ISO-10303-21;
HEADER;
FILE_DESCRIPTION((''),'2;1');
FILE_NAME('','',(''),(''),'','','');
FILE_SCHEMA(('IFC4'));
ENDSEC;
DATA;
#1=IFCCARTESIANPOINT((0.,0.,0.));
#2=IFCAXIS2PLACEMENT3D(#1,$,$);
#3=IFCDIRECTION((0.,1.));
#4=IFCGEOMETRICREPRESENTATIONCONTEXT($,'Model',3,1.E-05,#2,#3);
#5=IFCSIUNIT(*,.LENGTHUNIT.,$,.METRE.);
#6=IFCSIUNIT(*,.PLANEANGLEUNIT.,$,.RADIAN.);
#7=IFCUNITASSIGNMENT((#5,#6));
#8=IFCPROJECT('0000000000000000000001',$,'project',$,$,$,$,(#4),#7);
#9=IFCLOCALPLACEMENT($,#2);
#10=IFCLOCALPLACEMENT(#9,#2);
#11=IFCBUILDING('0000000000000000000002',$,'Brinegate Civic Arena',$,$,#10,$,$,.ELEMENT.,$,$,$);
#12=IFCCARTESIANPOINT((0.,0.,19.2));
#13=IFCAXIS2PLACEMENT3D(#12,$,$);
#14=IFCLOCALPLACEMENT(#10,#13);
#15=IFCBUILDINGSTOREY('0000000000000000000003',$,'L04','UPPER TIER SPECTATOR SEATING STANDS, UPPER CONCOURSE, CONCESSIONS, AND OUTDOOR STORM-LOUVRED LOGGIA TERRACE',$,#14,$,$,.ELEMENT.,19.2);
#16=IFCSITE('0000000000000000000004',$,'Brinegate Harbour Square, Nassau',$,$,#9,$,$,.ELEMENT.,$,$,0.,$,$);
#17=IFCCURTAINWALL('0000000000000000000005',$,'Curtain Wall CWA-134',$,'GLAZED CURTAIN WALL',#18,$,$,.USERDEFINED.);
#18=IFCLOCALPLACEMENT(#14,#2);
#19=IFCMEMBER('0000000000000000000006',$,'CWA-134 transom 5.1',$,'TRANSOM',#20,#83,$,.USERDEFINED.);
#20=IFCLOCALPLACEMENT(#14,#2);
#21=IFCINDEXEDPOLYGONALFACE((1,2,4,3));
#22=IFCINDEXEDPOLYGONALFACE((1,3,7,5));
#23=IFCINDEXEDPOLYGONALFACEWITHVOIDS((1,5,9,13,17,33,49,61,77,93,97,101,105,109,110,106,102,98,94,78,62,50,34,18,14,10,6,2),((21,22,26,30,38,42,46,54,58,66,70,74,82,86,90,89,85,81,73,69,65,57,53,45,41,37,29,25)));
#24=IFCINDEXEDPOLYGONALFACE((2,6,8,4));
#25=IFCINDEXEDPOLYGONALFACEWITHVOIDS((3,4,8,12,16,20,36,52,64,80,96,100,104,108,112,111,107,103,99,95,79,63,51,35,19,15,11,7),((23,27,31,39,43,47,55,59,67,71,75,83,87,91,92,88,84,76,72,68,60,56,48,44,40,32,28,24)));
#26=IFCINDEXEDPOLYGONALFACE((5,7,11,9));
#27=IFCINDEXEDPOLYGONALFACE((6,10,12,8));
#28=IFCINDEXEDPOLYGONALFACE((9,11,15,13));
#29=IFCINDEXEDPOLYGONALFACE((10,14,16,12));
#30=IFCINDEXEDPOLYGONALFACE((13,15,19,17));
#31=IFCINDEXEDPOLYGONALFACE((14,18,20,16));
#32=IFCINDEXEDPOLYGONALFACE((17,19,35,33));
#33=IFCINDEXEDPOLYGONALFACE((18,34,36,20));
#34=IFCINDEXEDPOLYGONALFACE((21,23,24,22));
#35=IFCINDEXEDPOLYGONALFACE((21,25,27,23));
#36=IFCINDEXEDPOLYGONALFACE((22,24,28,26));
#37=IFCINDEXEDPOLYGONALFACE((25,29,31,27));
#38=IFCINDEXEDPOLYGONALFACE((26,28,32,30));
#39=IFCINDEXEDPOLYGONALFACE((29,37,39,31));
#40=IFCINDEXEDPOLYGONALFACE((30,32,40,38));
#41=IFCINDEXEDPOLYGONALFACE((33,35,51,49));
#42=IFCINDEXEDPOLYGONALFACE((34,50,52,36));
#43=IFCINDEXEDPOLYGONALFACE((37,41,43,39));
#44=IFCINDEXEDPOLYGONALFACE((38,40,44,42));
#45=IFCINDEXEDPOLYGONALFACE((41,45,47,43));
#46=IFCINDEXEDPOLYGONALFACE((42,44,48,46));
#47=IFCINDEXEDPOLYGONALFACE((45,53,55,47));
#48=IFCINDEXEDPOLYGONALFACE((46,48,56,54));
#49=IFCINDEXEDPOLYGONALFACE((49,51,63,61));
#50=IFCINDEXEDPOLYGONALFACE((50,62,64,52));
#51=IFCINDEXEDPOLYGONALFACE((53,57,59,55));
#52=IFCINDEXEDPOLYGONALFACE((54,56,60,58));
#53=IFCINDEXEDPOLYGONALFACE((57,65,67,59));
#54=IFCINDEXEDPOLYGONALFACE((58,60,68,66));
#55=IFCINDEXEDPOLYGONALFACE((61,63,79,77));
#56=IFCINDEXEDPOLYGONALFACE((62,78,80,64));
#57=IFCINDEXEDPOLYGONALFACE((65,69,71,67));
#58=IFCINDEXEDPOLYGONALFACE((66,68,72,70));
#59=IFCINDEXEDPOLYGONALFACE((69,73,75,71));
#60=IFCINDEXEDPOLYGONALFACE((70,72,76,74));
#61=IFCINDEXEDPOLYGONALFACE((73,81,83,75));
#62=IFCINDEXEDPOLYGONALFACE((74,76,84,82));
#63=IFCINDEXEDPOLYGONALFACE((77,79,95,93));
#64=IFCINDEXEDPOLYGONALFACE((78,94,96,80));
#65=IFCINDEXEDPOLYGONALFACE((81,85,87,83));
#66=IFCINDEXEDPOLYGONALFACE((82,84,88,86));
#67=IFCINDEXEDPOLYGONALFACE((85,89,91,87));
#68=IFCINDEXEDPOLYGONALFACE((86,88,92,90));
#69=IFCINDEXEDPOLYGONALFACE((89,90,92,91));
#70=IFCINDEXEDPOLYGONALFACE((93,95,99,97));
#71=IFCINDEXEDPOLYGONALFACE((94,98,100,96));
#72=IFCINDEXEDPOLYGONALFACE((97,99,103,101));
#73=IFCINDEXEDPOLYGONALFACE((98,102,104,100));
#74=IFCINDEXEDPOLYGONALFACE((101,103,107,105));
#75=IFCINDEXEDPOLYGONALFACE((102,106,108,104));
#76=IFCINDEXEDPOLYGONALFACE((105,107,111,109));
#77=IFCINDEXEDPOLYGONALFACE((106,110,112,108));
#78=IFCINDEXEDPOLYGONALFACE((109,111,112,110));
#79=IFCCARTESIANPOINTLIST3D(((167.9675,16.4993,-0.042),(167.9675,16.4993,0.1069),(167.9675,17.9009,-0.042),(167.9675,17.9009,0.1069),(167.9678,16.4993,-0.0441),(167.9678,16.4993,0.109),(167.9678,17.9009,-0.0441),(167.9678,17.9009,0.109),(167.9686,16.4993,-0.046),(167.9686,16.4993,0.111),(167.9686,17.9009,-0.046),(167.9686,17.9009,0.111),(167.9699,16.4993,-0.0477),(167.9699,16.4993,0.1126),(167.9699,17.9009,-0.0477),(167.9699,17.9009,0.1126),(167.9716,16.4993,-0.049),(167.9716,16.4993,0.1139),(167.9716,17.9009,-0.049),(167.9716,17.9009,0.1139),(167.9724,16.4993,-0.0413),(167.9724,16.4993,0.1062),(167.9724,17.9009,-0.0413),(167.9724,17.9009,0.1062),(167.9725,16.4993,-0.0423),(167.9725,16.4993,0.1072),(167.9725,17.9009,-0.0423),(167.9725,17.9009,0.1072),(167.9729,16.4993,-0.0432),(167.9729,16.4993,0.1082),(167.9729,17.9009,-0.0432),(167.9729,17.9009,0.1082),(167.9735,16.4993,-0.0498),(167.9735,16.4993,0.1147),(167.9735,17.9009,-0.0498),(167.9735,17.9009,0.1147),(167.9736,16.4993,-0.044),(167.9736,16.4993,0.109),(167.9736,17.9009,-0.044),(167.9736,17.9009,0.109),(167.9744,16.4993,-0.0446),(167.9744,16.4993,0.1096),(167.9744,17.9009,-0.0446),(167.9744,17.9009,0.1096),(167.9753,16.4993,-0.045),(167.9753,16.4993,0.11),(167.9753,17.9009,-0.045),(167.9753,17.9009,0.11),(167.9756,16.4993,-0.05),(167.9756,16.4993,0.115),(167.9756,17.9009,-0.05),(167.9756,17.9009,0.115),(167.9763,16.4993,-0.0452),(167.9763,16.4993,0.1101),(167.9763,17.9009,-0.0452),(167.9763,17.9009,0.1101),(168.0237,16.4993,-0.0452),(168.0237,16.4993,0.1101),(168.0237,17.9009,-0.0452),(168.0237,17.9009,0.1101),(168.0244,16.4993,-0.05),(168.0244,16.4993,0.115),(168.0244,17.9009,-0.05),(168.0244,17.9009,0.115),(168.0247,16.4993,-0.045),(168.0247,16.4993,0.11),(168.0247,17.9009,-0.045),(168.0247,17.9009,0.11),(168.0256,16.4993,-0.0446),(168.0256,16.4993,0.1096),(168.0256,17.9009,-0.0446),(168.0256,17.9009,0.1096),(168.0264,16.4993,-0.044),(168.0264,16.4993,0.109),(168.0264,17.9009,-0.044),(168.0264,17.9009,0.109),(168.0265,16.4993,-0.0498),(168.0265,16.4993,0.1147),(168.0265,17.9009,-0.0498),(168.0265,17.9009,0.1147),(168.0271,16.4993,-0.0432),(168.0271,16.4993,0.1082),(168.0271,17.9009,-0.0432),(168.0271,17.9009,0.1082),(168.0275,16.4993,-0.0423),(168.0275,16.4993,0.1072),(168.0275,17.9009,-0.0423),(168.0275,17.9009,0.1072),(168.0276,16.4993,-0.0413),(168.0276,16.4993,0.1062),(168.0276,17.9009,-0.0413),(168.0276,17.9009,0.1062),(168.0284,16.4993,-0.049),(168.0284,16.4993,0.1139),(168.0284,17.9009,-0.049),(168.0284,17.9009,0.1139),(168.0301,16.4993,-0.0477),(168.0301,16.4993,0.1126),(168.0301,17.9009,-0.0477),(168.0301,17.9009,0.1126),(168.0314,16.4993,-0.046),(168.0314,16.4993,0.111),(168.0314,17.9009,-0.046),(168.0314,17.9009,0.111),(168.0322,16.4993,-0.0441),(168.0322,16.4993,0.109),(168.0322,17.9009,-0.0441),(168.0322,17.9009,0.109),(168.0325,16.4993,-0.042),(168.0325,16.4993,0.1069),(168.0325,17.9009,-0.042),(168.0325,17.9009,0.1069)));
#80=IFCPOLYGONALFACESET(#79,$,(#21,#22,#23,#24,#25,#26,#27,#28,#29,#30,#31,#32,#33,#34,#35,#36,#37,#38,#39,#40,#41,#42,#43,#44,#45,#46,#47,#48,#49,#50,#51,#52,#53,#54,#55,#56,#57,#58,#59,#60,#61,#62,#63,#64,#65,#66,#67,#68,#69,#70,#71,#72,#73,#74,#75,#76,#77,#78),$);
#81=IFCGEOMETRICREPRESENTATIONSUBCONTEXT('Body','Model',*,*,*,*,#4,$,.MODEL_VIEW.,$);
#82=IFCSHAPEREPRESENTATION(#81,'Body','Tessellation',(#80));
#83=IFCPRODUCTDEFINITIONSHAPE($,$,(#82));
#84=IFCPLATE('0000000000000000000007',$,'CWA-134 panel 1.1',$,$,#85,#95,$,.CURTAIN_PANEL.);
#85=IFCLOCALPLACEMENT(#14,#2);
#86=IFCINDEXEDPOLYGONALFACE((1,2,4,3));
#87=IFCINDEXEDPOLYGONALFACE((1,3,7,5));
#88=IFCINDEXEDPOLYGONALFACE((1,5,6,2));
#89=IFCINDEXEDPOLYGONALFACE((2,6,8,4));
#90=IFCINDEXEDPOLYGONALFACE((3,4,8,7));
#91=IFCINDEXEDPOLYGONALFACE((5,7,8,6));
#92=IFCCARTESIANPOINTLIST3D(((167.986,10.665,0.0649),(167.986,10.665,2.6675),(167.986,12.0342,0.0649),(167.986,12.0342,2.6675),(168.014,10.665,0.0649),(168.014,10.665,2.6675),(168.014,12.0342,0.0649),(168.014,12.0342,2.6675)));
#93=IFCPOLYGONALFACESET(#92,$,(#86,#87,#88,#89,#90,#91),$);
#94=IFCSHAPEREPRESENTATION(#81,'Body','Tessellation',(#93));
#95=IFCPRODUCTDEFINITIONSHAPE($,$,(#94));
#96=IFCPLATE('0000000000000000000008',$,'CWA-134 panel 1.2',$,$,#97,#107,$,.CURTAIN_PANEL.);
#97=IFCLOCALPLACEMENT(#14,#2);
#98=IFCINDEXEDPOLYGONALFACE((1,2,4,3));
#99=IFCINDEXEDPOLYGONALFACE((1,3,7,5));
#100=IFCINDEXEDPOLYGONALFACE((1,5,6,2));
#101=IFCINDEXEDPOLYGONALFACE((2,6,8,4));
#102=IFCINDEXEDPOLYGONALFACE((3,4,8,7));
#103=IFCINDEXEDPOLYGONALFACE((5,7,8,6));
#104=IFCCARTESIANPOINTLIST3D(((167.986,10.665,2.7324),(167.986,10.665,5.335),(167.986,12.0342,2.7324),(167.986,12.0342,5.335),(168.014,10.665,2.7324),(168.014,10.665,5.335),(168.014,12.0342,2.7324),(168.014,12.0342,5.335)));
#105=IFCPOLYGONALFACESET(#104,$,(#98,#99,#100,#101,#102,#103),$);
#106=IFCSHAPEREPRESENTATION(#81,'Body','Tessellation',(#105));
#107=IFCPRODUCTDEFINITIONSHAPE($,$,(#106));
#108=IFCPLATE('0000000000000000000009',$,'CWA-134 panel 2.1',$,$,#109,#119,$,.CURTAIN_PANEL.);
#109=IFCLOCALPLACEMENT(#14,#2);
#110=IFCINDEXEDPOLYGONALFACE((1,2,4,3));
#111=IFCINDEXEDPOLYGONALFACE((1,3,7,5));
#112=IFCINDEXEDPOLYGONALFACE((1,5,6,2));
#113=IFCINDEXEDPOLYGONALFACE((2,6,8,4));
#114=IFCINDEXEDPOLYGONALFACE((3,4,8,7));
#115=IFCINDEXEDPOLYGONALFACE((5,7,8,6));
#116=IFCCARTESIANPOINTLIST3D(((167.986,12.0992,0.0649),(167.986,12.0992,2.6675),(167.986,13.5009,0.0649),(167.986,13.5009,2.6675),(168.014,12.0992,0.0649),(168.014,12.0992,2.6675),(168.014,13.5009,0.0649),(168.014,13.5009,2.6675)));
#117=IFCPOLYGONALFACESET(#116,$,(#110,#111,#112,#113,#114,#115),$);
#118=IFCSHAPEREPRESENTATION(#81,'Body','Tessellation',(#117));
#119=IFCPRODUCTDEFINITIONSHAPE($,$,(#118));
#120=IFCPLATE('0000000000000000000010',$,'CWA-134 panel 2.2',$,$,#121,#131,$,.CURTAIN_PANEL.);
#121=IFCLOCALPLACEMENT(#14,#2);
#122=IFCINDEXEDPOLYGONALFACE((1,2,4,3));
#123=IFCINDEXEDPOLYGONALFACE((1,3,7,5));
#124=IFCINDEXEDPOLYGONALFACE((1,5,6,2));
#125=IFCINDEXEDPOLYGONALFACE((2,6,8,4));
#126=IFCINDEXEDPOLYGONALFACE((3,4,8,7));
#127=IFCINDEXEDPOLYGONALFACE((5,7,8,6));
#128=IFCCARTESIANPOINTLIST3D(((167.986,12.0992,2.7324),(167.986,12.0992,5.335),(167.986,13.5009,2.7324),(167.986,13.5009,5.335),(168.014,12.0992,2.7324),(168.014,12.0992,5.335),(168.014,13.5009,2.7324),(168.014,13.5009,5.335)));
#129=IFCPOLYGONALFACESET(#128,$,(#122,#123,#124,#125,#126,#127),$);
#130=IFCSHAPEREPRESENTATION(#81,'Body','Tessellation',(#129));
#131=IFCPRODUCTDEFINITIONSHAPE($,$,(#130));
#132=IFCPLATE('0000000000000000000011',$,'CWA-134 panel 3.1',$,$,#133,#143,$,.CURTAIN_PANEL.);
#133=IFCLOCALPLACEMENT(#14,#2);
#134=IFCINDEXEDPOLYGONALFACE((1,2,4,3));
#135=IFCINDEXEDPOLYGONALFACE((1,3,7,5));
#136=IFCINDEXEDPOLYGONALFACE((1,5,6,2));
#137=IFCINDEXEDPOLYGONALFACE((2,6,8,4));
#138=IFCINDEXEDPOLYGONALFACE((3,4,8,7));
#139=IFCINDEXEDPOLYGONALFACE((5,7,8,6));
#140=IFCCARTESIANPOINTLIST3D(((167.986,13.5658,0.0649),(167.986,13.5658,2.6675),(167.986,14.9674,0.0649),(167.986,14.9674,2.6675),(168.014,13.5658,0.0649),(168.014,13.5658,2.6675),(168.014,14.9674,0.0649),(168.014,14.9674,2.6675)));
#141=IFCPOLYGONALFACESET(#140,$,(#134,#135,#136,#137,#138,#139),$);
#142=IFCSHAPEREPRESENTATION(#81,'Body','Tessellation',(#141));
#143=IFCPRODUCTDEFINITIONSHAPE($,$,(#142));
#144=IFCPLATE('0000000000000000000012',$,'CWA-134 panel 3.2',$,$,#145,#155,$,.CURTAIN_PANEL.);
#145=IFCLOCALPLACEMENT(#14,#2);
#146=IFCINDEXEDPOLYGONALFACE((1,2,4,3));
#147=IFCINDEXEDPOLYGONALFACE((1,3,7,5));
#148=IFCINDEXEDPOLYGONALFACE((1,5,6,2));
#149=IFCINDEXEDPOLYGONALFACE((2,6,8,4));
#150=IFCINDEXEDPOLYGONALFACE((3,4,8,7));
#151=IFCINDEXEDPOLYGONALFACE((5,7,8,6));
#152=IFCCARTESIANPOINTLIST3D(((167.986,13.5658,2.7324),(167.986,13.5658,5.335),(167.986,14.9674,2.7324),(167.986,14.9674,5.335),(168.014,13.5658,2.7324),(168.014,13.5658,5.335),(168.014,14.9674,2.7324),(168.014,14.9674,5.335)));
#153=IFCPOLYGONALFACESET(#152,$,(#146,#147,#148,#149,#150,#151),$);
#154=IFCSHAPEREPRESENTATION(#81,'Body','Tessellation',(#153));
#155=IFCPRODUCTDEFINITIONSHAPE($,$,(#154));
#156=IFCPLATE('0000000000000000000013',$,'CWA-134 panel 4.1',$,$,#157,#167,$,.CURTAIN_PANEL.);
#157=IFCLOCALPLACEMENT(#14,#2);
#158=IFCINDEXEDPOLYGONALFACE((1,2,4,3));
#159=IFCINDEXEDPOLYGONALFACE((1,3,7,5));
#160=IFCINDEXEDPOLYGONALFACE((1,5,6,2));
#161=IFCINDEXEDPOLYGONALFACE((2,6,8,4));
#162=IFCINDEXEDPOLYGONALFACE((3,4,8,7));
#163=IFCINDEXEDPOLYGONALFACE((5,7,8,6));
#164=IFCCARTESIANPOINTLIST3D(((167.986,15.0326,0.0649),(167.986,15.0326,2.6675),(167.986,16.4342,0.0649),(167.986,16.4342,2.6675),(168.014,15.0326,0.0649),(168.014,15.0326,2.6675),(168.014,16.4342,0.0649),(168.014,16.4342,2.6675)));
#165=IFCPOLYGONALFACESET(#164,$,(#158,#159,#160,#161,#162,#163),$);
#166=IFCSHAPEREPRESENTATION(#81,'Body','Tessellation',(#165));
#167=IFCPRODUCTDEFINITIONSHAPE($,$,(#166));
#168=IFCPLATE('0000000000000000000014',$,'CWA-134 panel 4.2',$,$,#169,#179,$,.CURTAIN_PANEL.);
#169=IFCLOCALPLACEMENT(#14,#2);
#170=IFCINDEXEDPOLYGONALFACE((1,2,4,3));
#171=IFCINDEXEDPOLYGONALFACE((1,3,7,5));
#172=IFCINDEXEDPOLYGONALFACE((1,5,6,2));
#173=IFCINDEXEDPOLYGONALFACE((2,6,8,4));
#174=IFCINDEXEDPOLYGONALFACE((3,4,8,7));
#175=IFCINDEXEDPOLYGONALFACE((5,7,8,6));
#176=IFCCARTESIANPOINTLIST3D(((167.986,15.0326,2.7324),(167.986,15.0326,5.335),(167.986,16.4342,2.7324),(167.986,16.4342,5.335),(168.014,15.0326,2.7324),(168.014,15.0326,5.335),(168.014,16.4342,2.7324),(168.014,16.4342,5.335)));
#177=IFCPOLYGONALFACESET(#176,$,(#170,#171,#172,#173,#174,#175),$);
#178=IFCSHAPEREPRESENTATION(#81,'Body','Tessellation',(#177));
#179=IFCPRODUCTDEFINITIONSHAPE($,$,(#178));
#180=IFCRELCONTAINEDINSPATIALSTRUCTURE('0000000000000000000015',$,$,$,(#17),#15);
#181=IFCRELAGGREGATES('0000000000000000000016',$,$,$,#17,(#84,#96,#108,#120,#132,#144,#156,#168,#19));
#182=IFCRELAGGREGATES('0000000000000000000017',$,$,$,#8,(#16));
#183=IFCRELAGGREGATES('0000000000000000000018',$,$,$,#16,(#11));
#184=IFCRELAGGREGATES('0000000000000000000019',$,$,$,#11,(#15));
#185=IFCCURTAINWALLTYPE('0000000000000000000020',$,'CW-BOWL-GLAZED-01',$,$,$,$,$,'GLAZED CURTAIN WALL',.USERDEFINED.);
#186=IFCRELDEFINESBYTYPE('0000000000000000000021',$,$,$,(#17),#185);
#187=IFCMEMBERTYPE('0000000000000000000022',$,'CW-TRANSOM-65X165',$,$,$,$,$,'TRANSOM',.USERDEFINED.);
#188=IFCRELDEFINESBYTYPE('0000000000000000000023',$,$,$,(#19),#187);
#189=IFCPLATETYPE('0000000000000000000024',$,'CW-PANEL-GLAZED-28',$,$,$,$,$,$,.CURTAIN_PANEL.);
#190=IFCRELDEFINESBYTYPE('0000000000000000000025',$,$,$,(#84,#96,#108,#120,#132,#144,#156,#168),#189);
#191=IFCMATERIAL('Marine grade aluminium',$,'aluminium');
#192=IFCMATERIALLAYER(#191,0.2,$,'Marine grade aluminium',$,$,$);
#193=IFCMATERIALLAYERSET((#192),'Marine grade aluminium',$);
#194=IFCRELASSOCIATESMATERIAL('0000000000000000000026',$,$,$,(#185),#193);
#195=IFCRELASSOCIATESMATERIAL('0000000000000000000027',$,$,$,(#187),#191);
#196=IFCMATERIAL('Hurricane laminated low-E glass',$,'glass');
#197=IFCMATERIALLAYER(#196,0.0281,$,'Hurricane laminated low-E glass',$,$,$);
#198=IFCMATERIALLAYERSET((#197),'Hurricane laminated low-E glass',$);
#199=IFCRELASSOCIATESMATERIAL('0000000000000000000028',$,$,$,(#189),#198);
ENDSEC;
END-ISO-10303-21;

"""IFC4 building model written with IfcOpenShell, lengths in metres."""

from ifc_helpers import new_model, si_unit, direction, frame, origin, origin_2d, place, context, subcontext, project, spatial, rectangle, hollow_rectangle, extrude, material, layer, layer_set, material_profile, profile_set, type_object, element, aggregate, save


model = new_model("IFC4")

# Units and contexts
model_context = context("Model", 3, precision=1e-05, world=origin(), true_north=direction((0.0, 1.0)))
body_context = subcontext(model_context, "Body", "Model", "MODEL_VIEW")
ifc_project = project(units=[si_unit("LENGTHUNIT", "METRE"), si_unit("PLANEANGLEUNIT", "RADIAN")], contexts=[model_context])

# Site, building, storey
site_placement = place(None, origin())
site = spatial("IfcSite", under=ifc_project, at=site_placement, Name="Brinegate Harbour Square, Nassau", CompositionType="ELEMENT", RefElevation=0.0)
building_placement = place(site_placement, origin())
building = spatial("IfcBuilding", under=site, at=building_placement, Name="Brinegate Civic Arena", CompositionType="ELEMENT")
storey_placement = place(building_placement, frame((0.0, 0.0, 19.2)))
storey = spatial("IfcBuildingStorey", under=building, at=storey_placement, Name="L04", Description="UPPER TIER SPECTATOR SEATING STANDS, UPPER CONCOURSE, CONCESSIONS, AND OUTDOOR STORM-LOUVRED LOGGIA TERRACE", CompositionType="ELEMENT", Elevation=19.2)

# Curtain wall, member, plates
ifc_material_1 = material(Name="Marine grade aluminium", Category="aluminium")
ifc_layer_1 = layer(ifc_material_1, 0.2, Name="Marine grade aluminium")
ifc_layer_set_1 = layer_set([ifc_layer_1], Name="Marine grade aluminium")
curtain_wall_type = type_object("IfcCurtainWallType", Name="CW-BOWL-GLAZED-01", ElementType="GLAZED CURTAIN WALL", PredefinedType="USERDEFINED", material=ifc_layer_set_1)
curtain_wall_placement = place(storey_placement, origin())
curtain_wall = element("IfcCurtainWall", 1, at=curtain_wall_placement, inside=storey, type_object=curtain_wall_type, Name="Curtain Wall CWA-134", ObjectType="GLAZED CURTAIN WALL", PredefinedType="USERDEFINED")
ifc_material_profile_1 = material_profile(ifc_material_1, hollow_rectangle(XDim=0.0649, YDim=0.165, WallThickness=0.0049, InnerFilletRadius=0.0039, OuterFilletRadius=0.0081, at=origin_2d()), Name="TRN65X165")
ifc_profile_set_1 = profile_set([ifc_material_profile_1], Name="Marine grade aluminium")
member_type_1 = type_object("IfcMemberType", Name="CW-TRANSOM-65X165", ElementType="TRANSOM", PredefinedType="USERDEFINED", material=ifc_profile_set_1)
member_1_placement = place(storey_placement, frame((168.0, 16.4993, 0.0325), z_axis=(0.0, 1.0, 0.0), x_axis=(-1.0, 0.0, 0.0)))
member_1 = element("IfcMember", 2, at=member_1_placement, type_object=member_type_1, Name="CWA-134 transom 5.1", ObjectType="TRANSOM", PredefinedType="USERDEFINED", context=body_context, shape_type="SweptSolid", body=[
    extrude(hollow_rectangle(XDim=0.0649, YDim=0.165, WallThickness=0.0049, InnerFilletRadius=0.0039, OuterFilletRadius=0.0081, at=origin_2d()), origin(), (0.0, 0.0, 1.0), 1.4016),
])
ifc_material_2 = material(Name="Hurricane laminated low-E glass", Category="glass")
ifc_layer_2 = layer(ifc_material_2, 0.0281, Name="Hurricane laminated low-E glass")
ifc_layer_set_2 = layer_set([ifc_layer_2], Name="Hurricane laminated low-E glass")
plate_type = type_object("IfcPlateType", Name="CW-PANEL-GLAZED-28", PredefinedType="CURTAIN_PANEL", material=ifc_layer_set_2)
plate_1_placement = place(storey_placement, frame((168.0, 11.3496, 0.0649), z_axis=(0.0, 0.0, 1.0), x_axis=(0.0, 1.0, 0.0)))
plate_1 = element("IfcPlate", 3, at=plate_1_placement, type_object=plate_type, Name="CWA-134 panel 1.1", PredefinedType="CURTAIN_PANEL", context=body_context, shape_type="SweptSolid", body=[
    extrude(rectangle(XDim=1.3691, YDim=0.0281, at=origin_2d()), origin(), (0.0, 0.0, 1.0), 2.6025),
])
plate_2_placement = place(storey_placement, frame((168.0, 11.3496, 2.7324), z_axis=(0.0, 0.0, 1.0), x_axis=(0.0, 1.0, 0.0)))
plate_2 = element("IfcPlate", 4, at=plate_2_placement, type_object=plate_type, Name="CWA-134 panel 1.2", PredefinedType="CURTAIN_PANEL", context=body_context, shape_type="SweptSolid", body=[
    extrude(rectangle(XDim=1.3691, YDim=0.0281, at=origin_2d()), origin(), (0.0, 0.0, 1.0), 2.6025),
])
plate_3_placement = place(storey_placement, frame((168.0, 12.8, 0.0649), z_axis=(0.0, 0.0, 1.0), x_axis=(0.0, 1.0, 0.0)))
plate_3 = element("IfcPlate", 5, at=plate_3_placement, type_object=plate_type, Name="CWA-134 panel 2.1", PredefinedType="CURTAIN_PANEL", context=body_context, shape_type="SweptSolid", body=[
    extrude(rectangle(XDim=1.4016, YDim=0.0281, at=origin_2d()), origin(), (0.0, 0.0, 1.0), 2.6025),
])
plate_4_placement = place(storey_placement, frame((168.0, 12.8, 2.7324), z_axis=(0.0, 0.0, 1.0), x_axis=(0.0, 1.0, 0.0)))
plate_4 = element("IfcPlate", 6, at=plate_4_placement, type_object=plate_type, Name="CWA-134 panel 2.2", PredefinedType="CURTAIN_PANEL", context=body_context, shape_type="SweptSolid", body=[
    extrude(rectangle(XDim=1.4016, YDim=0.0281, at=origin_2d()), origin(), (0.0, 0.0, 1.0), 2.6025),
])
plate_5_placement = place(storey_placement, frame((168.0, 14.2666, 0.0649), z_axis=(0.0, 0.0, 1.0), x_axis=(0.0, 1.0, 0.0)))
plate_5 = element("IfcPlate", 7, at=plate_5_placement, type_object=plate_type, Name="CWA-134 panel 3.1", PredefinedType="CURTAIN_PANEL", context=body_context, shape_type="SweptSolid", body=[
    extrude(rectangle(XDim=1.4016, YDim=0.0281, at=origin_2d()), origin(), (0.0, 0.0, 1.0), 2.6025),
])
plate_6_placement = place(storey_placement, frame((168.0, 14.2666, 2.7324), z_axis=(0.0, 0.0, 1.0), x_axis=(0.0, 1.0, 0.0)))
plate_6 = element("IfcPlate", 8, at=plate_6_placement, type_object=plate_type, Name="CWA-134 panel 3.2", PredefinedType="CURTAIN_PANEL", context=body_context, shape_type="SweptSolid", body=[
    extrude(rectangle(XDim=1.4016, YDim=0.0281, at=origin_2d()), origin(), (0.0, 0.0, 1.0), 2.6025),
])
plate_7_placement = place(storey_placement, frame((168.0, 15.7334, 0.0649), z_axis=(0.0, 0.0, 1.0), x_axis=(0.0, 1.0, 0.0)))
plate_7 = element("IfcPlate", 9, at=plate_7_placement, type_object=plate_type, Name="CWA-134 panel 4.1", PredefinedType="CURTAIN_PANEL", context=body_context, shape_type="SweptSolid", body=[
    extrude(rectangle(XDim=1.4016, YDim=0.0281, at=origin_2d()), origin(), (0.0, 0.0, 1.0), 2.6025),
])
plate_8_placement = place(storey_placement, frame((168.0, 15.7334, 2.7324), z_axis=(0.0, 0.0, 1.0), x_axis=(0.0, 1.0, 0.0)))
plate_8 = element("IfcPlate", 10, at=plate_8_placement, type_object=plate_type, Name="CWA-134 panel 4.2", PredefinedType="CURTAIN_PANEL", context=body_context, shape_type="SweptSolid", body=[
    extrude(rectangle(XDim=1.4016, YDim=0.0281, at=origin_2d()), origin(), (0.0, 0.0, 1.0), 2.6025),
])
aggregate(curtain_wall, [plate_1, plate_2, plate_3, plate_4, plate_5, plate_6, plate_7, plate_8, member_1])

save(model, "model.ifc")
